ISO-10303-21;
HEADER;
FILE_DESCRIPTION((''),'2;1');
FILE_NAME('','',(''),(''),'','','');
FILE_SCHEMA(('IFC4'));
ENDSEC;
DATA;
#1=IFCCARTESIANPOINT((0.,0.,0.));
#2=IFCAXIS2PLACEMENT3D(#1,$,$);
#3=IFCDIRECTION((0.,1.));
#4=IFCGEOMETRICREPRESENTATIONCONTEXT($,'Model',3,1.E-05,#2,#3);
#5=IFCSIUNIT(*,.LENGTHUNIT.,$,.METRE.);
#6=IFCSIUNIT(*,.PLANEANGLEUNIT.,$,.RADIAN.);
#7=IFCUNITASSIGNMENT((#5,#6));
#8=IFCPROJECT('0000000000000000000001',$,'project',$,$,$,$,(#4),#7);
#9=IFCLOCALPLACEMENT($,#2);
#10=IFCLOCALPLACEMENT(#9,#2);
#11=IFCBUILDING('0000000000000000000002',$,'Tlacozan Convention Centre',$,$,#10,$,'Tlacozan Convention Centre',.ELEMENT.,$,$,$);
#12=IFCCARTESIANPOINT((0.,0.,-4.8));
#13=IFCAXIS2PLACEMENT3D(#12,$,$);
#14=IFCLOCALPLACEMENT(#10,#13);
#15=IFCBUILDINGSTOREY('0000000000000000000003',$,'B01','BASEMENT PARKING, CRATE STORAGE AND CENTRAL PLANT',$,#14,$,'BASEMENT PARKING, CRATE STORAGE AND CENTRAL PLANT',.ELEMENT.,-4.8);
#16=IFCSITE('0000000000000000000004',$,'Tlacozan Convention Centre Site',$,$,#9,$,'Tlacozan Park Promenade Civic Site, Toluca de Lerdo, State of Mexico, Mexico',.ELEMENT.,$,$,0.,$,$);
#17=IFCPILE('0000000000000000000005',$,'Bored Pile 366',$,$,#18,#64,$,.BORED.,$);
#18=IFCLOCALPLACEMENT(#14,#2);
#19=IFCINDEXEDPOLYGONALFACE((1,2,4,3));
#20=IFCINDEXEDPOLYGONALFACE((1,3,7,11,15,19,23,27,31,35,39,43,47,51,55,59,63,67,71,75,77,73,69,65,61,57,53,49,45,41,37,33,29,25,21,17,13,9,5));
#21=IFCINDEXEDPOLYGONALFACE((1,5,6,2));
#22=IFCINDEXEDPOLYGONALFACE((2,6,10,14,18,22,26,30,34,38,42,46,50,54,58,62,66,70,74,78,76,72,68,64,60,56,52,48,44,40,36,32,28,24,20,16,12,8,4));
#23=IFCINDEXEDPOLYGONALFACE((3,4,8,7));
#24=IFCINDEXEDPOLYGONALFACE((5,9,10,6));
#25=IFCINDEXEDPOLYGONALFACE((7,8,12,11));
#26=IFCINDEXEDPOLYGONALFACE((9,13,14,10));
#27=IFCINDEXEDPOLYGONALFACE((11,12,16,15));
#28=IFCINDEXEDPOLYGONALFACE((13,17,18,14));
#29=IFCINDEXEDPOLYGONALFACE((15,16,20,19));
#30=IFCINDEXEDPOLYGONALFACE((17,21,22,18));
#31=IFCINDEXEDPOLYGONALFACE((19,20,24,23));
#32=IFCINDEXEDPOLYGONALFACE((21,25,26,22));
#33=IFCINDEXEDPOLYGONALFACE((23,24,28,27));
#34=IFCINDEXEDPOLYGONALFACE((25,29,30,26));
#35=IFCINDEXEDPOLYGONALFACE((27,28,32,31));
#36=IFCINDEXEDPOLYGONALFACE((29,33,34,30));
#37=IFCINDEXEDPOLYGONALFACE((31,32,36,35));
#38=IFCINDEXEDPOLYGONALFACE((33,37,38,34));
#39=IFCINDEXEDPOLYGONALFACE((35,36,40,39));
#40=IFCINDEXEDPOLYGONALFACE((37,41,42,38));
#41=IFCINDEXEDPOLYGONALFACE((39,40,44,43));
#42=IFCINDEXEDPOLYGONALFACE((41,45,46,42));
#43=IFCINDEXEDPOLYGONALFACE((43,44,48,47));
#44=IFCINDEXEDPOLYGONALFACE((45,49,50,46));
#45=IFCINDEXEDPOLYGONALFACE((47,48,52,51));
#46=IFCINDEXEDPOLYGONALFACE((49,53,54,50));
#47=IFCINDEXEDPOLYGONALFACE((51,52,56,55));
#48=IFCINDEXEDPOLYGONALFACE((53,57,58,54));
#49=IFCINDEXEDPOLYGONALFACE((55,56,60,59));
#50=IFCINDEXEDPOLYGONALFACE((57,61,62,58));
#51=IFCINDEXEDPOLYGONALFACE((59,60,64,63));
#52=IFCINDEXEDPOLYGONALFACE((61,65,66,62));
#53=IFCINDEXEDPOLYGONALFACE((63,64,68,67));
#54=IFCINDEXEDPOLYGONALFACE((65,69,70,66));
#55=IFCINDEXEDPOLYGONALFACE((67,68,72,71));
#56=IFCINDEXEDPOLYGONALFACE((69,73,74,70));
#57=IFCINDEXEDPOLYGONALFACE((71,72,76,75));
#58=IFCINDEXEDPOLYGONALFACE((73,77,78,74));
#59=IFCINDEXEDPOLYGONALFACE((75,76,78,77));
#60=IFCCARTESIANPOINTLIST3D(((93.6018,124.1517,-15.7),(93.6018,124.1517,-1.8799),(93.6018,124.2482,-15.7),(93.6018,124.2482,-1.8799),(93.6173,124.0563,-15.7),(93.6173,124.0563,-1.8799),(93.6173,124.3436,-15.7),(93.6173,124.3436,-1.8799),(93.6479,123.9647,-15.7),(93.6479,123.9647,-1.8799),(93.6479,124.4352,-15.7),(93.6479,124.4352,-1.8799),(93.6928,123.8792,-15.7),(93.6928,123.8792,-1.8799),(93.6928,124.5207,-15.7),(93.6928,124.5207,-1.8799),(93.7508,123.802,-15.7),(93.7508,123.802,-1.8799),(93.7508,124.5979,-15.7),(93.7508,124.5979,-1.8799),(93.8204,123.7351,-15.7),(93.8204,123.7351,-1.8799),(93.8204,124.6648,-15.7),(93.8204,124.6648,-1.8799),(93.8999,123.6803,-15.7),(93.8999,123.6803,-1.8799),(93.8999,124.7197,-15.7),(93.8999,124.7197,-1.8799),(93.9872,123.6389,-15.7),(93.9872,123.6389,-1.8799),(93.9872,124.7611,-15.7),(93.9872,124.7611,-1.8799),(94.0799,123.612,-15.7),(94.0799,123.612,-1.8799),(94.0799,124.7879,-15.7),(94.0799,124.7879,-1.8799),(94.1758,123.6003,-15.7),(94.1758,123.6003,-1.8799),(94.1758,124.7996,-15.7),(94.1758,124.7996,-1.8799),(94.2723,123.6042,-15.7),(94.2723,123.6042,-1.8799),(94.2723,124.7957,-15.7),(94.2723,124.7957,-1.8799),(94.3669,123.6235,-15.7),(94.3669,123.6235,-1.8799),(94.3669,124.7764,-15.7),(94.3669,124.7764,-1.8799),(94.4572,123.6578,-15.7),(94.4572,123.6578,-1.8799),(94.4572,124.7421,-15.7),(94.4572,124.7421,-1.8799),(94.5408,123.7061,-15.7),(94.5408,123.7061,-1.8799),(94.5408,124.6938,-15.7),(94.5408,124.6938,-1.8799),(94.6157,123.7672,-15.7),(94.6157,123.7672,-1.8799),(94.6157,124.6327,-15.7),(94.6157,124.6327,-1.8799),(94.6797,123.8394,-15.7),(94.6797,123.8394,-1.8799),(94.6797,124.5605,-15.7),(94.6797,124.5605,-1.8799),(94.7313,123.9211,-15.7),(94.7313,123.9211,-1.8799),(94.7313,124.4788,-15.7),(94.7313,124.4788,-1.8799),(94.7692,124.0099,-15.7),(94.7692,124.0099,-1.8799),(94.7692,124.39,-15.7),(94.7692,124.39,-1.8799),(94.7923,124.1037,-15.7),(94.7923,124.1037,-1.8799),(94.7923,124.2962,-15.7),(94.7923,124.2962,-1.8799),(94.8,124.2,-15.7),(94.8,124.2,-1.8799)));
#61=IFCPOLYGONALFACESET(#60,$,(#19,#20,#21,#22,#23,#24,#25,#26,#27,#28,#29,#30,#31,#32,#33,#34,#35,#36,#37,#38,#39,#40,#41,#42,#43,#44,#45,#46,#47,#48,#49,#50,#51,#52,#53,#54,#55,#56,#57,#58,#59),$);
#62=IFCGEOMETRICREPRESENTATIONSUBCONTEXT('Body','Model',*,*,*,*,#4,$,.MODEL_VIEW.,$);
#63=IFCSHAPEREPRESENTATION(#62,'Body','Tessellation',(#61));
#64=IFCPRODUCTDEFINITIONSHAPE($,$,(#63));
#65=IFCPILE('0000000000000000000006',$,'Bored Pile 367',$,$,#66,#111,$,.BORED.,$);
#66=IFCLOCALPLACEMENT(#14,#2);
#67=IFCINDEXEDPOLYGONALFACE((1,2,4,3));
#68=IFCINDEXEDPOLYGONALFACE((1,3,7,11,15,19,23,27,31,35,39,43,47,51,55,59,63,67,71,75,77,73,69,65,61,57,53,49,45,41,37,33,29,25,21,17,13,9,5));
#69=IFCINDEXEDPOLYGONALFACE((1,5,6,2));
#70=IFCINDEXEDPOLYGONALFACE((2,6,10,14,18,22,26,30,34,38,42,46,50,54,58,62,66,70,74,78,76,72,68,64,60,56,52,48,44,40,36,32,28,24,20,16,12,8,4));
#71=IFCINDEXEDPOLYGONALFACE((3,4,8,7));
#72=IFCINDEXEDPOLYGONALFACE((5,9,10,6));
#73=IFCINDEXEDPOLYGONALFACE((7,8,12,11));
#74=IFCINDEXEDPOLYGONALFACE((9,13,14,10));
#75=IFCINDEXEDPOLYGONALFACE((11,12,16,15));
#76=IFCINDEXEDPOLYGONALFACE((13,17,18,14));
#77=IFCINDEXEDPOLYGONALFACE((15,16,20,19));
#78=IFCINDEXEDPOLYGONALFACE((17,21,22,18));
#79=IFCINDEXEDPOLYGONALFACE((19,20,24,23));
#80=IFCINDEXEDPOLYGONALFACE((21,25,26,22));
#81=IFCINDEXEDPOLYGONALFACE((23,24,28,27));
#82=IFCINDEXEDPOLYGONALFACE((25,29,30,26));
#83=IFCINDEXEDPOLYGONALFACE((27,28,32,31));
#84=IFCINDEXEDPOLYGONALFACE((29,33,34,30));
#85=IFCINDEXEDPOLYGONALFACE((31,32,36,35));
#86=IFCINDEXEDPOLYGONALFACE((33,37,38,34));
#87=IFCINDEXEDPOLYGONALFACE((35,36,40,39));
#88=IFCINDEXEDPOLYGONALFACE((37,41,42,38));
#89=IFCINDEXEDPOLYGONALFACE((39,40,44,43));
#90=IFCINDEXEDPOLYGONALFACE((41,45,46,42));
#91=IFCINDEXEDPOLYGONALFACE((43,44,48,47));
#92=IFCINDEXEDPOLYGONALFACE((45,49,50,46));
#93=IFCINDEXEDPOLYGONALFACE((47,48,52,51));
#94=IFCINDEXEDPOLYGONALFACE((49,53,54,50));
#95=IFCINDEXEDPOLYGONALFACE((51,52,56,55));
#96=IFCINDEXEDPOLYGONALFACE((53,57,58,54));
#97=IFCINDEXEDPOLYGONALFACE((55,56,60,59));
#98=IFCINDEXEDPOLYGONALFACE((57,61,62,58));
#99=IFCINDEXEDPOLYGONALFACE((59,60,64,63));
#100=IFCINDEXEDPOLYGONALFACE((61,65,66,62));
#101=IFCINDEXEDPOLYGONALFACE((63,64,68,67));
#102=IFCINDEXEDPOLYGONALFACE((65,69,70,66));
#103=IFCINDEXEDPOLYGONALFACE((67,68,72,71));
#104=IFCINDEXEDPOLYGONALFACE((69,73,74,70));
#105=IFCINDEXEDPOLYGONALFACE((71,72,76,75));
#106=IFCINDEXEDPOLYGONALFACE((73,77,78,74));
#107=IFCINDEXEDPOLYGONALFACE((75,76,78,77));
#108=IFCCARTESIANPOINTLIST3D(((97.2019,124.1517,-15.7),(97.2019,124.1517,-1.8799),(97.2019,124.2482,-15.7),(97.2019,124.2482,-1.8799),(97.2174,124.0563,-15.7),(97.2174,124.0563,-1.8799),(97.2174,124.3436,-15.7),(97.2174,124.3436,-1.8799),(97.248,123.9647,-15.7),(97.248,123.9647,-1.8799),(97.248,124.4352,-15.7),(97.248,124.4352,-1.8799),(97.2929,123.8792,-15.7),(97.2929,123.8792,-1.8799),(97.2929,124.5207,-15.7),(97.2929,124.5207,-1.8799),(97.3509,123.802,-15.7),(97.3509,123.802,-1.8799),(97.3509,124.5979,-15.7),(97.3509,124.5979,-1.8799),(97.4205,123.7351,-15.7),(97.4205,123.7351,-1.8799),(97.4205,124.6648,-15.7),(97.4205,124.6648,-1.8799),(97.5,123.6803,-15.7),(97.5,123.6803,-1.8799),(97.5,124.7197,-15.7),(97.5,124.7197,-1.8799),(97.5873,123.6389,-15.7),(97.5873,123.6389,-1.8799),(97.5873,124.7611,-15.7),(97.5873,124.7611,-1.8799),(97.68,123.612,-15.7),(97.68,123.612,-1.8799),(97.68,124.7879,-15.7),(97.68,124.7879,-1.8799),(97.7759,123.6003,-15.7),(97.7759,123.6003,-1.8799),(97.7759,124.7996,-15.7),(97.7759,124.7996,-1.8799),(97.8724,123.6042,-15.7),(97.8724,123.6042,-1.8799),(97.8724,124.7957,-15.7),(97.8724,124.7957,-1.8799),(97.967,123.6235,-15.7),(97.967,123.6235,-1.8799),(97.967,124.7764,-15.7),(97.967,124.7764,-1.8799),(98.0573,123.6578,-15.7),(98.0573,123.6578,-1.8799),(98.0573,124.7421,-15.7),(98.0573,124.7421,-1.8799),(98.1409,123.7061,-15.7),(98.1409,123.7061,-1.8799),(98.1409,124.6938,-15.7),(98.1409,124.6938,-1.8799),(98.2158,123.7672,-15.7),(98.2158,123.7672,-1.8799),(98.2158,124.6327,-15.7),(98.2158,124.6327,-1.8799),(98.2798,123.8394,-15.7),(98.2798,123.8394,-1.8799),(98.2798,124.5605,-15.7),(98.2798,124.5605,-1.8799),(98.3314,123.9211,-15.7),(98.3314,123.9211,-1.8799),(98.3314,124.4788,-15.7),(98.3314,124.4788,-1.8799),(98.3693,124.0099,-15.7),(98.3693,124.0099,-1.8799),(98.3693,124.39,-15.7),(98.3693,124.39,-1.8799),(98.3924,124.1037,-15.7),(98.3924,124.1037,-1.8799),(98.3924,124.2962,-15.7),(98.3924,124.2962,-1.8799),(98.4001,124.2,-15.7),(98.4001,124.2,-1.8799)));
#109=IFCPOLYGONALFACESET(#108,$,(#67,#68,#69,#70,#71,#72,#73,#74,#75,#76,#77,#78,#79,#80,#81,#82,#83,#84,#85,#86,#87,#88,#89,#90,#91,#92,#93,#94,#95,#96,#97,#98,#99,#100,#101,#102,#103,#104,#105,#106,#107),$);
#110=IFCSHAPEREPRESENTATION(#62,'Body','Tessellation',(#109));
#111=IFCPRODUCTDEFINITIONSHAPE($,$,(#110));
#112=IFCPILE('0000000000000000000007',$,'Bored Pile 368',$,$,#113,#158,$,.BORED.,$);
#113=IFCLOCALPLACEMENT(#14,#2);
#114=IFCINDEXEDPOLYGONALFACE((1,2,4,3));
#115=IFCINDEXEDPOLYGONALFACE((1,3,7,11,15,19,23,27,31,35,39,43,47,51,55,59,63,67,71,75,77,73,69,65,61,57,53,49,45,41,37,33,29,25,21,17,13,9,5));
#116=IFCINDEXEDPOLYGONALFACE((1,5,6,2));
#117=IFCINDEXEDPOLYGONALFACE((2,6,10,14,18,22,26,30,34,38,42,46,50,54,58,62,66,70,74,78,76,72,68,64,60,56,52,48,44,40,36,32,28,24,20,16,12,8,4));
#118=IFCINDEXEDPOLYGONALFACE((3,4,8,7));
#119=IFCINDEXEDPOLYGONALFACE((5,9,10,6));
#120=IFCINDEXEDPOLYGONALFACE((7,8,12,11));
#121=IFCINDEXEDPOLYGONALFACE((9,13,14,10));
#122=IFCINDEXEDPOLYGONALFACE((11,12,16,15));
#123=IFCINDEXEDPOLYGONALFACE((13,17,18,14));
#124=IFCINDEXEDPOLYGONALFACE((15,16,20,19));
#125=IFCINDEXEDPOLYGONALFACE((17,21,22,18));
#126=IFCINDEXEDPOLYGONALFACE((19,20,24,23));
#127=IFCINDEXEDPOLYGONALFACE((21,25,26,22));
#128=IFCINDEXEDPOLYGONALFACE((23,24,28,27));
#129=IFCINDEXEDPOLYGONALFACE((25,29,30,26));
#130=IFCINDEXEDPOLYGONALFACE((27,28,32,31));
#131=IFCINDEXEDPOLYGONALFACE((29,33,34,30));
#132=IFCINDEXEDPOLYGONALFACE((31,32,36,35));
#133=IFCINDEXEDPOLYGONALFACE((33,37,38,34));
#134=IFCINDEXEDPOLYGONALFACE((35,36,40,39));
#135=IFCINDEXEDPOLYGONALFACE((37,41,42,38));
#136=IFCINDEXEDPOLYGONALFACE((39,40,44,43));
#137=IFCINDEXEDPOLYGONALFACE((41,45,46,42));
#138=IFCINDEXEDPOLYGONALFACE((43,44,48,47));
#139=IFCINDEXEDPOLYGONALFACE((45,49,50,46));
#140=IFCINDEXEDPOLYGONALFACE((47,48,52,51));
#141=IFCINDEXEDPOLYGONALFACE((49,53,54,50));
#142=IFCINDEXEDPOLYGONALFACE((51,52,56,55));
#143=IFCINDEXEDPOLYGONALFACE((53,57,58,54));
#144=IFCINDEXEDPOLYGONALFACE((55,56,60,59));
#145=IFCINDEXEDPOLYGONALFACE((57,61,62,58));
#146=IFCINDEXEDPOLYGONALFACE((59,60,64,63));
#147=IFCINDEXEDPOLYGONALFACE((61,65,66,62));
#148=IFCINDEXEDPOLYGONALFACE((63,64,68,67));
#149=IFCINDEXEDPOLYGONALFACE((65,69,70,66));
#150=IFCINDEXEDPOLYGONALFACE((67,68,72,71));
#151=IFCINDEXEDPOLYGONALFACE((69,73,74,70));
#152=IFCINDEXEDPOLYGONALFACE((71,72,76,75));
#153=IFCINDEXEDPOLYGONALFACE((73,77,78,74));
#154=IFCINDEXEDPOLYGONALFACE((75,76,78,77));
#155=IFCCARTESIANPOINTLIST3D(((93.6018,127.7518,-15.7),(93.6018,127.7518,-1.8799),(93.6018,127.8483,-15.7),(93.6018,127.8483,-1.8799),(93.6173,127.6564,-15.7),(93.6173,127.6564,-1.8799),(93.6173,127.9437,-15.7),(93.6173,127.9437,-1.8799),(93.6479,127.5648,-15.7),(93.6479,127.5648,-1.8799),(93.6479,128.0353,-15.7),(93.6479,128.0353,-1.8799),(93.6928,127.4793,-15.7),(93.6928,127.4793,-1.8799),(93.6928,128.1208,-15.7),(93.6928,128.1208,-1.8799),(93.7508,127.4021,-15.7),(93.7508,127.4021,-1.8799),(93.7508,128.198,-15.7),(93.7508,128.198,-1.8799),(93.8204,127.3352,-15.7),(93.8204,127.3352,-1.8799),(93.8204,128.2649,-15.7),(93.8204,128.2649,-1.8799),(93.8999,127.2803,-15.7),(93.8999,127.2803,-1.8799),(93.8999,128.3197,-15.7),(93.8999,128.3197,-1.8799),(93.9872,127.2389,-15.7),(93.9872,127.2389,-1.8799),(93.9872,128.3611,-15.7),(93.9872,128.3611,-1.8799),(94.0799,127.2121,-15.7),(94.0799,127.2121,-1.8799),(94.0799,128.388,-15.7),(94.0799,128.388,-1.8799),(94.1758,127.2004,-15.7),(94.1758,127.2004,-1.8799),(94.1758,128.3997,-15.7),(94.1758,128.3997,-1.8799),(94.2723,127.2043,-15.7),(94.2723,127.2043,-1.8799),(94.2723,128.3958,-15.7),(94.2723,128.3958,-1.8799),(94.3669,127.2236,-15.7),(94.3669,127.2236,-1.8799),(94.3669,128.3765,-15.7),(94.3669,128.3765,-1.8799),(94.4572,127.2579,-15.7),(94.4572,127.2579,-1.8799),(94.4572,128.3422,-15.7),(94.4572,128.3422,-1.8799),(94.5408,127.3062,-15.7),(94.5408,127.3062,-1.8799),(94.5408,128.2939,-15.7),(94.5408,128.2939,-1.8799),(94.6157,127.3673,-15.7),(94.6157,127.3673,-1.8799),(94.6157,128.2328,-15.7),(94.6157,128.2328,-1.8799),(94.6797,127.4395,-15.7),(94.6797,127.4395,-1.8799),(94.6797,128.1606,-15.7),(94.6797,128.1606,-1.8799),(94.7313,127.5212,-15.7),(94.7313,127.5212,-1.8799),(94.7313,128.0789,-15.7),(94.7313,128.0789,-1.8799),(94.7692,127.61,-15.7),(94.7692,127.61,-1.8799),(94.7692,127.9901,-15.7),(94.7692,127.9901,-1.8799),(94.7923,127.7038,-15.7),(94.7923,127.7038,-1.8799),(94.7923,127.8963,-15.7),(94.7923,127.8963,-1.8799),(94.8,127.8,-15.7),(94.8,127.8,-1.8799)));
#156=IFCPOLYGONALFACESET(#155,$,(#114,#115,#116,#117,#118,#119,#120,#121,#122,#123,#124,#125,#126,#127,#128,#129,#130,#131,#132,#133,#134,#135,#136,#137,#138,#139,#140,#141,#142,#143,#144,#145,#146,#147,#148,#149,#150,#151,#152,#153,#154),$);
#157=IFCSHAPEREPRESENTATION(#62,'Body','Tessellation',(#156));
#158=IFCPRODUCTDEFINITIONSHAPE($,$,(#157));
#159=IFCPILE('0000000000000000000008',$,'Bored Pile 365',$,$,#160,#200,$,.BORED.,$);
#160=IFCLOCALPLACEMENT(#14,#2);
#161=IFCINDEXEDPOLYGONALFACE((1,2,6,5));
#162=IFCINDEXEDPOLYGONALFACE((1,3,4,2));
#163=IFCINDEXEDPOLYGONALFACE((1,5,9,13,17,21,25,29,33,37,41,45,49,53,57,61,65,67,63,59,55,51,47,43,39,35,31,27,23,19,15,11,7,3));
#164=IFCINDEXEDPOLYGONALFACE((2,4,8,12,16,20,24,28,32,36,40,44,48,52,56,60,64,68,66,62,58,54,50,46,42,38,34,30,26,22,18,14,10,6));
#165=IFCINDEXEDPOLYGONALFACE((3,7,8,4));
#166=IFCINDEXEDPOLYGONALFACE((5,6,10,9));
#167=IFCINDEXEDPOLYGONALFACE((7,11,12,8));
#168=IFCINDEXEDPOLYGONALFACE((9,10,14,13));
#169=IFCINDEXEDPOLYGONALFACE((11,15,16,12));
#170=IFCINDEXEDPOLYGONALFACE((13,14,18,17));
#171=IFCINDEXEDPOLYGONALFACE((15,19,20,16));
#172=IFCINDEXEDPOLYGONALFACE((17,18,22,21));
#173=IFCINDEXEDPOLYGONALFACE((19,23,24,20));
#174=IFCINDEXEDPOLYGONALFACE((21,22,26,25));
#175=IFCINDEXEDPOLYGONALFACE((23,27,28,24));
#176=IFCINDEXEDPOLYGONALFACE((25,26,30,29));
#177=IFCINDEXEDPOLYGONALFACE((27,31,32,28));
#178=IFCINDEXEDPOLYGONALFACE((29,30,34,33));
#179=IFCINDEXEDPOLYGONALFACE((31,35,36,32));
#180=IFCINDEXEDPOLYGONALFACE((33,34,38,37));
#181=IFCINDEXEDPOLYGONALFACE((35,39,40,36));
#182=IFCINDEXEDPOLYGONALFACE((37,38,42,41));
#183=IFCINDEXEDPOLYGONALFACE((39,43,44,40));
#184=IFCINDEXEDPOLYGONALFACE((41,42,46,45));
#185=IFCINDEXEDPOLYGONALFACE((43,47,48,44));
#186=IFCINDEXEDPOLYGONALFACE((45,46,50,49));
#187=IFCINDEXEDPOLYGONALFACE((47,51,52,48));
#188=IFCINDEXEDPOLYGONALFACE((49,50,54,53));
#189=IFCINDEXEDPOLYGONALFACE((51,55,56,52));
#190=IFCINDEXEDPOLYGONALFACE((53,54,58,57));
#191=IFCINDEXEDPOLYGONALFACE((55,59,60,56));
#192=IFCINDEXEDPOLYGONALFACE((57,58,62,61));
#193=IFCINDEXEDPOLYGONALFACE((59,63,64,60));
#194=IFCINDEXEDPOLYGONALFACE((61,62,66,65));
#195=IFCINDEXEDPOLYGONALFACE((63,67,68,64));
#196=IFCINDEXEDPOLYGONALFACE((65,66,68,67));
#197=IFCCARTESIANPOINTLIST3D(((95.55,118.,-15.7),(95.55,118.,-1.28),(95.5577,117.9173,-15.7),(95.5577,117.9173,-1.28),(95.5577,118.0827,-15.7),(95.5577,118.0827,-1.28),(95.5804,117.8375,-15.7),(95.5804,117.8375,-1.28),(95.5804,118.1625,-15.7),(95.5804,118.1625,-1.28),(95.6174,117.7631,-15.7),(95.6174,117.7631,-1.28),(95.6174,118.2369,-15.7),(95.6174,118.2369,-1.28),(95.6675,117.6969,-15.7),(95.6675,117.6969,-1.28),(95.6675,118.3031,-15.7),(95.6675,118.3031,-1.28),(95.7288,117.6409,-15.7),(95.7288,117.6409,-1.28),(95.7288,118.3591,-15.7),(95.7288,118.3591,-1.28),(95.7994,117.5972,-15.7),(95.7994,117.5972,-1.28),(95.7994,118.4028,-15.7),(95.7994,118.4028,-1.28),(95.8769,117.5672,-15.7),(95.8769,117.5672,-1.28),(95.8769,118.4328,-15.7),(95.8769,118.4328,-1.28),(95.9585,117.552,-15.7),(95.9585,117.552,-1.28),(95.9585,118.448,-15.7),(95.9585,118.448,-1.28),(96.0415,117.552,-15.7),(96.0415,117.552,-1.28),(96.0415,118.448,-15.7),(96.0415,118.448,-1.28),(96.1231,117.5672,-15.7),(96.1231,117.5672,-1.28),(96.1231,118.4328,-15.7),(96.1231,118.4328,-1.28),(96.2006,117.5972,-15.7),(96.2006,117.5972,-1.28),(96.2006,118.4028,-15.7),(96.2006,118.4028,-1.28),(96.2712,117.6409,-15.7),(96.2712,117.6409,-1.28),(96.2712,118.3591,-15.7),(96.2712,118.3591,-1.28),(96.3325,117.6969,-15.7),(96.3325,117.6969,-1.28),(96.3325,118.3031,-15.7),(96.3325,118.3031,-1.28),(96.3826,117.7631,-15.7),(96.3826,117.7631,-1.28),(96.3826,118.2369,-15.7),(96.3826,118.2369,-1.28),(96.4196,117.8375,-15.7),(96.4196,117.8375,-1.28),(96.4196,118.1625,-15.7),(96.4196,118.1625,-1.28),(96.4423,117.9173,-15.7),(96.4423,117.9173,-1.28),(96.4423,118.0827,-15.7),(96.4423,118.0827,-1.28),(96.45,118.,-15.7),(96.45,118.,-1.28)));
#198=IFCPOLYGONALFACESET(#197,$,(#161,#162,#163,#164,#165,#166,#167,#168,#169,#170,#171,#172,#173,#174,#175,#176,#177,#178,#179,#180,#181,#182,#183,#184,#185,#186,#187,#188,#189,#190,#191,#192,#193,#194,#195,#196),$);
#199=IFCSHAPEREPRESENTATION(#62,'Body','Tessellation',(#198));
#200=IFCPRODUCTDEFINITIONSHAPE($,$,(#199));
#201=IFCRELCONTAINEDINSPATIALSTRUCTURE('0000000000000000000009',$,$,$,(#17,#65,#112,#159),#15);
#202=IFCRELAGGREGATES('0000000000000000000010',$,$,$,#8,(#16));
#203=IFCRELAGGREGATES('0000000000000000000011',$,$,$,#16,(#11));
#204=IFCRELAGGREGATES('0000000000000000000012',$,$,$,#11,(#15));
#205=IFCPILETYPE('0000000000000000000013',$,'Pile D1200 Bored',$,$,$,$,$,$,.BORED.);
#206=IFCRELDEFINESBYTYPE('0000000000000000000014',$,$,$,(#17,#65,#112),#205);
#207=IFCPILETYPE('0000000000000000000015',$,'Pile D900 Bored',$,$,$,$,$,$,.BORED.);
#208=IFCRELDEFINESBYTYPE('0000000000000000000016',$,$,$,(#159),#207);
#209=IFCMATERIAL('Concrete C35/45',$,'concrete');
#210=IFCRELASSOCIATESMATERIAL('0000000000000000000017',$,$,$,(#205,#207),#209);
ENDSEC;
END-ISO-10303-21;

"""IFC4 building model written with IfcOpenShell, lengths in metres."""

from ifc_helpers import new_model, si_unit, direction, frame, origin, origin_2d, place, context, subcontext, project, spatial, circle, extrude, material, material_profile, profile_set, type_object, element, save


model = new_model("IFC4")

# Units and contexts
model_context = context("Model", 3, precision=1e-05, world=origin(), true_north=direction((0.0, 1.0)))
body_context = subcontext(model_context, "Body", "Model", "MODEL_VIEW")
ifc_project = project(units=[si_unit("LENGTHUNIT", "METRE"), si_unit("PLANEANGLEUNIT", "RADIAN")], contexts=[model_context])

# Site, building, storey
site_placement = place(None, origin())
site = spatial("IfcSite", under=ifc_project, at=site_placement, Name="Tlacozan Convention Centre Site", LongName="Tlacozan Park Promenade Civic Site, Toluca de Lerdo, State of Mexico, Mexico", CompositionType="ELEMENT", RefElevation=0.0)
building_placement = place(site_placement, origin())
building = spatial("IfcBuilding", under=site, at=building_placement, Name="Tlacozan Convention Centre", LongName="Tlacozan Convention Centre", CompositionType="ELEMENT")
storey_placement = place(building_placement, frame((0.0, 0.0, -4.8)))
storey = spatial("IfcBuildingStorey", under=building, at=storey_placement, Name="B01", Description="BASEMENT PARKING, CRATE STORAGE AND CENTRAL PLANT", LongName="BASEMENT PARKING, CRATE STORAGE AND CENTRAL PLANT", CompositionType="ELEMENT", Elevation=-4.8)

# Shared definitions
ifc_material_1 = material(Name="Concrete C35/45", Category="concrete")

# Piles
ifc_material_profile_1 = material_profile(ifc_material_1, circle(Radius=0.6001, at=origin_2d()), Name="PILE D1200")
ifc_profile_set_1 = profile_set([ifc_material_profile_1], Name="Concrete C35/45")
pile_type_1 = type_object("IfcPileType", Name="Pile D1200 Bored", PredefinedType="BORED", material=ifc_profile_set_1)
for number, where, z_axis, x_axis, name in (
    (1, (94.2, 124.2, -1.8799), (0.0, 0.0, -1.0), (1.0, 0.0, 0.0), "Bored Pile 366"),
    (2, (97.8, 124.2, -1.8799), (0.0, 0.0, -1.0), (1.0, 0.0, 0.0), "Bored Pile 367"),
    (3, (94.2, 127.8, -1.8799), (0.0, 0.0, -1.0), (1.0, 0.0, 0.0), "Bored Pile 368"),
):
    element("IfcPile", number, at=place(storey_placement, frame(where, z_axis=z_axis, x_axis=x_axis)), inside=storey, type_object=pile_type_1, Name=name, PredefinedType="BORED", context=body_context, shape_type="SweptSolid", body=[
        extrude(circle(Radius=0.6001, at=origin_2d()), origin(), (0.0, 0.0, 1.0), 13.8201),
    ])
ifc_material_profile_2 = material_profile(ifc_material_1, circle(Radius=0.45, at=origin_2d()), Name="PILE D900")
ifc_profile_set_2 = profile_set([ifc_material_profile_2], Name="Concrete C35/45")
pile_type_2 = type_object("IfcPileType", Name="Pile D900 Bored", PredefinedType="BORED", material=ifc_profile_set_2)
pile_1_placement = place(storey_placement, frame((96.0, 118.0, -1.28), z_axis=(0.0, 0.0, -1.0), x_axis=(1.0, 0.0, 0.0)))
element("IfcPile", 4, at=pile_1_placement, inside=storey, type_object=pile_type_2, Name="Bored Pile 365", PredefinedType="BORED", context=body_context, shape_type="SweptSolid", body=[
    extrude(circle(Radius=0.45, at=origin_2d()), origin(), (0.0, 0.0, 1.0), 14.4199),
])

save(model, "model.ifc")
